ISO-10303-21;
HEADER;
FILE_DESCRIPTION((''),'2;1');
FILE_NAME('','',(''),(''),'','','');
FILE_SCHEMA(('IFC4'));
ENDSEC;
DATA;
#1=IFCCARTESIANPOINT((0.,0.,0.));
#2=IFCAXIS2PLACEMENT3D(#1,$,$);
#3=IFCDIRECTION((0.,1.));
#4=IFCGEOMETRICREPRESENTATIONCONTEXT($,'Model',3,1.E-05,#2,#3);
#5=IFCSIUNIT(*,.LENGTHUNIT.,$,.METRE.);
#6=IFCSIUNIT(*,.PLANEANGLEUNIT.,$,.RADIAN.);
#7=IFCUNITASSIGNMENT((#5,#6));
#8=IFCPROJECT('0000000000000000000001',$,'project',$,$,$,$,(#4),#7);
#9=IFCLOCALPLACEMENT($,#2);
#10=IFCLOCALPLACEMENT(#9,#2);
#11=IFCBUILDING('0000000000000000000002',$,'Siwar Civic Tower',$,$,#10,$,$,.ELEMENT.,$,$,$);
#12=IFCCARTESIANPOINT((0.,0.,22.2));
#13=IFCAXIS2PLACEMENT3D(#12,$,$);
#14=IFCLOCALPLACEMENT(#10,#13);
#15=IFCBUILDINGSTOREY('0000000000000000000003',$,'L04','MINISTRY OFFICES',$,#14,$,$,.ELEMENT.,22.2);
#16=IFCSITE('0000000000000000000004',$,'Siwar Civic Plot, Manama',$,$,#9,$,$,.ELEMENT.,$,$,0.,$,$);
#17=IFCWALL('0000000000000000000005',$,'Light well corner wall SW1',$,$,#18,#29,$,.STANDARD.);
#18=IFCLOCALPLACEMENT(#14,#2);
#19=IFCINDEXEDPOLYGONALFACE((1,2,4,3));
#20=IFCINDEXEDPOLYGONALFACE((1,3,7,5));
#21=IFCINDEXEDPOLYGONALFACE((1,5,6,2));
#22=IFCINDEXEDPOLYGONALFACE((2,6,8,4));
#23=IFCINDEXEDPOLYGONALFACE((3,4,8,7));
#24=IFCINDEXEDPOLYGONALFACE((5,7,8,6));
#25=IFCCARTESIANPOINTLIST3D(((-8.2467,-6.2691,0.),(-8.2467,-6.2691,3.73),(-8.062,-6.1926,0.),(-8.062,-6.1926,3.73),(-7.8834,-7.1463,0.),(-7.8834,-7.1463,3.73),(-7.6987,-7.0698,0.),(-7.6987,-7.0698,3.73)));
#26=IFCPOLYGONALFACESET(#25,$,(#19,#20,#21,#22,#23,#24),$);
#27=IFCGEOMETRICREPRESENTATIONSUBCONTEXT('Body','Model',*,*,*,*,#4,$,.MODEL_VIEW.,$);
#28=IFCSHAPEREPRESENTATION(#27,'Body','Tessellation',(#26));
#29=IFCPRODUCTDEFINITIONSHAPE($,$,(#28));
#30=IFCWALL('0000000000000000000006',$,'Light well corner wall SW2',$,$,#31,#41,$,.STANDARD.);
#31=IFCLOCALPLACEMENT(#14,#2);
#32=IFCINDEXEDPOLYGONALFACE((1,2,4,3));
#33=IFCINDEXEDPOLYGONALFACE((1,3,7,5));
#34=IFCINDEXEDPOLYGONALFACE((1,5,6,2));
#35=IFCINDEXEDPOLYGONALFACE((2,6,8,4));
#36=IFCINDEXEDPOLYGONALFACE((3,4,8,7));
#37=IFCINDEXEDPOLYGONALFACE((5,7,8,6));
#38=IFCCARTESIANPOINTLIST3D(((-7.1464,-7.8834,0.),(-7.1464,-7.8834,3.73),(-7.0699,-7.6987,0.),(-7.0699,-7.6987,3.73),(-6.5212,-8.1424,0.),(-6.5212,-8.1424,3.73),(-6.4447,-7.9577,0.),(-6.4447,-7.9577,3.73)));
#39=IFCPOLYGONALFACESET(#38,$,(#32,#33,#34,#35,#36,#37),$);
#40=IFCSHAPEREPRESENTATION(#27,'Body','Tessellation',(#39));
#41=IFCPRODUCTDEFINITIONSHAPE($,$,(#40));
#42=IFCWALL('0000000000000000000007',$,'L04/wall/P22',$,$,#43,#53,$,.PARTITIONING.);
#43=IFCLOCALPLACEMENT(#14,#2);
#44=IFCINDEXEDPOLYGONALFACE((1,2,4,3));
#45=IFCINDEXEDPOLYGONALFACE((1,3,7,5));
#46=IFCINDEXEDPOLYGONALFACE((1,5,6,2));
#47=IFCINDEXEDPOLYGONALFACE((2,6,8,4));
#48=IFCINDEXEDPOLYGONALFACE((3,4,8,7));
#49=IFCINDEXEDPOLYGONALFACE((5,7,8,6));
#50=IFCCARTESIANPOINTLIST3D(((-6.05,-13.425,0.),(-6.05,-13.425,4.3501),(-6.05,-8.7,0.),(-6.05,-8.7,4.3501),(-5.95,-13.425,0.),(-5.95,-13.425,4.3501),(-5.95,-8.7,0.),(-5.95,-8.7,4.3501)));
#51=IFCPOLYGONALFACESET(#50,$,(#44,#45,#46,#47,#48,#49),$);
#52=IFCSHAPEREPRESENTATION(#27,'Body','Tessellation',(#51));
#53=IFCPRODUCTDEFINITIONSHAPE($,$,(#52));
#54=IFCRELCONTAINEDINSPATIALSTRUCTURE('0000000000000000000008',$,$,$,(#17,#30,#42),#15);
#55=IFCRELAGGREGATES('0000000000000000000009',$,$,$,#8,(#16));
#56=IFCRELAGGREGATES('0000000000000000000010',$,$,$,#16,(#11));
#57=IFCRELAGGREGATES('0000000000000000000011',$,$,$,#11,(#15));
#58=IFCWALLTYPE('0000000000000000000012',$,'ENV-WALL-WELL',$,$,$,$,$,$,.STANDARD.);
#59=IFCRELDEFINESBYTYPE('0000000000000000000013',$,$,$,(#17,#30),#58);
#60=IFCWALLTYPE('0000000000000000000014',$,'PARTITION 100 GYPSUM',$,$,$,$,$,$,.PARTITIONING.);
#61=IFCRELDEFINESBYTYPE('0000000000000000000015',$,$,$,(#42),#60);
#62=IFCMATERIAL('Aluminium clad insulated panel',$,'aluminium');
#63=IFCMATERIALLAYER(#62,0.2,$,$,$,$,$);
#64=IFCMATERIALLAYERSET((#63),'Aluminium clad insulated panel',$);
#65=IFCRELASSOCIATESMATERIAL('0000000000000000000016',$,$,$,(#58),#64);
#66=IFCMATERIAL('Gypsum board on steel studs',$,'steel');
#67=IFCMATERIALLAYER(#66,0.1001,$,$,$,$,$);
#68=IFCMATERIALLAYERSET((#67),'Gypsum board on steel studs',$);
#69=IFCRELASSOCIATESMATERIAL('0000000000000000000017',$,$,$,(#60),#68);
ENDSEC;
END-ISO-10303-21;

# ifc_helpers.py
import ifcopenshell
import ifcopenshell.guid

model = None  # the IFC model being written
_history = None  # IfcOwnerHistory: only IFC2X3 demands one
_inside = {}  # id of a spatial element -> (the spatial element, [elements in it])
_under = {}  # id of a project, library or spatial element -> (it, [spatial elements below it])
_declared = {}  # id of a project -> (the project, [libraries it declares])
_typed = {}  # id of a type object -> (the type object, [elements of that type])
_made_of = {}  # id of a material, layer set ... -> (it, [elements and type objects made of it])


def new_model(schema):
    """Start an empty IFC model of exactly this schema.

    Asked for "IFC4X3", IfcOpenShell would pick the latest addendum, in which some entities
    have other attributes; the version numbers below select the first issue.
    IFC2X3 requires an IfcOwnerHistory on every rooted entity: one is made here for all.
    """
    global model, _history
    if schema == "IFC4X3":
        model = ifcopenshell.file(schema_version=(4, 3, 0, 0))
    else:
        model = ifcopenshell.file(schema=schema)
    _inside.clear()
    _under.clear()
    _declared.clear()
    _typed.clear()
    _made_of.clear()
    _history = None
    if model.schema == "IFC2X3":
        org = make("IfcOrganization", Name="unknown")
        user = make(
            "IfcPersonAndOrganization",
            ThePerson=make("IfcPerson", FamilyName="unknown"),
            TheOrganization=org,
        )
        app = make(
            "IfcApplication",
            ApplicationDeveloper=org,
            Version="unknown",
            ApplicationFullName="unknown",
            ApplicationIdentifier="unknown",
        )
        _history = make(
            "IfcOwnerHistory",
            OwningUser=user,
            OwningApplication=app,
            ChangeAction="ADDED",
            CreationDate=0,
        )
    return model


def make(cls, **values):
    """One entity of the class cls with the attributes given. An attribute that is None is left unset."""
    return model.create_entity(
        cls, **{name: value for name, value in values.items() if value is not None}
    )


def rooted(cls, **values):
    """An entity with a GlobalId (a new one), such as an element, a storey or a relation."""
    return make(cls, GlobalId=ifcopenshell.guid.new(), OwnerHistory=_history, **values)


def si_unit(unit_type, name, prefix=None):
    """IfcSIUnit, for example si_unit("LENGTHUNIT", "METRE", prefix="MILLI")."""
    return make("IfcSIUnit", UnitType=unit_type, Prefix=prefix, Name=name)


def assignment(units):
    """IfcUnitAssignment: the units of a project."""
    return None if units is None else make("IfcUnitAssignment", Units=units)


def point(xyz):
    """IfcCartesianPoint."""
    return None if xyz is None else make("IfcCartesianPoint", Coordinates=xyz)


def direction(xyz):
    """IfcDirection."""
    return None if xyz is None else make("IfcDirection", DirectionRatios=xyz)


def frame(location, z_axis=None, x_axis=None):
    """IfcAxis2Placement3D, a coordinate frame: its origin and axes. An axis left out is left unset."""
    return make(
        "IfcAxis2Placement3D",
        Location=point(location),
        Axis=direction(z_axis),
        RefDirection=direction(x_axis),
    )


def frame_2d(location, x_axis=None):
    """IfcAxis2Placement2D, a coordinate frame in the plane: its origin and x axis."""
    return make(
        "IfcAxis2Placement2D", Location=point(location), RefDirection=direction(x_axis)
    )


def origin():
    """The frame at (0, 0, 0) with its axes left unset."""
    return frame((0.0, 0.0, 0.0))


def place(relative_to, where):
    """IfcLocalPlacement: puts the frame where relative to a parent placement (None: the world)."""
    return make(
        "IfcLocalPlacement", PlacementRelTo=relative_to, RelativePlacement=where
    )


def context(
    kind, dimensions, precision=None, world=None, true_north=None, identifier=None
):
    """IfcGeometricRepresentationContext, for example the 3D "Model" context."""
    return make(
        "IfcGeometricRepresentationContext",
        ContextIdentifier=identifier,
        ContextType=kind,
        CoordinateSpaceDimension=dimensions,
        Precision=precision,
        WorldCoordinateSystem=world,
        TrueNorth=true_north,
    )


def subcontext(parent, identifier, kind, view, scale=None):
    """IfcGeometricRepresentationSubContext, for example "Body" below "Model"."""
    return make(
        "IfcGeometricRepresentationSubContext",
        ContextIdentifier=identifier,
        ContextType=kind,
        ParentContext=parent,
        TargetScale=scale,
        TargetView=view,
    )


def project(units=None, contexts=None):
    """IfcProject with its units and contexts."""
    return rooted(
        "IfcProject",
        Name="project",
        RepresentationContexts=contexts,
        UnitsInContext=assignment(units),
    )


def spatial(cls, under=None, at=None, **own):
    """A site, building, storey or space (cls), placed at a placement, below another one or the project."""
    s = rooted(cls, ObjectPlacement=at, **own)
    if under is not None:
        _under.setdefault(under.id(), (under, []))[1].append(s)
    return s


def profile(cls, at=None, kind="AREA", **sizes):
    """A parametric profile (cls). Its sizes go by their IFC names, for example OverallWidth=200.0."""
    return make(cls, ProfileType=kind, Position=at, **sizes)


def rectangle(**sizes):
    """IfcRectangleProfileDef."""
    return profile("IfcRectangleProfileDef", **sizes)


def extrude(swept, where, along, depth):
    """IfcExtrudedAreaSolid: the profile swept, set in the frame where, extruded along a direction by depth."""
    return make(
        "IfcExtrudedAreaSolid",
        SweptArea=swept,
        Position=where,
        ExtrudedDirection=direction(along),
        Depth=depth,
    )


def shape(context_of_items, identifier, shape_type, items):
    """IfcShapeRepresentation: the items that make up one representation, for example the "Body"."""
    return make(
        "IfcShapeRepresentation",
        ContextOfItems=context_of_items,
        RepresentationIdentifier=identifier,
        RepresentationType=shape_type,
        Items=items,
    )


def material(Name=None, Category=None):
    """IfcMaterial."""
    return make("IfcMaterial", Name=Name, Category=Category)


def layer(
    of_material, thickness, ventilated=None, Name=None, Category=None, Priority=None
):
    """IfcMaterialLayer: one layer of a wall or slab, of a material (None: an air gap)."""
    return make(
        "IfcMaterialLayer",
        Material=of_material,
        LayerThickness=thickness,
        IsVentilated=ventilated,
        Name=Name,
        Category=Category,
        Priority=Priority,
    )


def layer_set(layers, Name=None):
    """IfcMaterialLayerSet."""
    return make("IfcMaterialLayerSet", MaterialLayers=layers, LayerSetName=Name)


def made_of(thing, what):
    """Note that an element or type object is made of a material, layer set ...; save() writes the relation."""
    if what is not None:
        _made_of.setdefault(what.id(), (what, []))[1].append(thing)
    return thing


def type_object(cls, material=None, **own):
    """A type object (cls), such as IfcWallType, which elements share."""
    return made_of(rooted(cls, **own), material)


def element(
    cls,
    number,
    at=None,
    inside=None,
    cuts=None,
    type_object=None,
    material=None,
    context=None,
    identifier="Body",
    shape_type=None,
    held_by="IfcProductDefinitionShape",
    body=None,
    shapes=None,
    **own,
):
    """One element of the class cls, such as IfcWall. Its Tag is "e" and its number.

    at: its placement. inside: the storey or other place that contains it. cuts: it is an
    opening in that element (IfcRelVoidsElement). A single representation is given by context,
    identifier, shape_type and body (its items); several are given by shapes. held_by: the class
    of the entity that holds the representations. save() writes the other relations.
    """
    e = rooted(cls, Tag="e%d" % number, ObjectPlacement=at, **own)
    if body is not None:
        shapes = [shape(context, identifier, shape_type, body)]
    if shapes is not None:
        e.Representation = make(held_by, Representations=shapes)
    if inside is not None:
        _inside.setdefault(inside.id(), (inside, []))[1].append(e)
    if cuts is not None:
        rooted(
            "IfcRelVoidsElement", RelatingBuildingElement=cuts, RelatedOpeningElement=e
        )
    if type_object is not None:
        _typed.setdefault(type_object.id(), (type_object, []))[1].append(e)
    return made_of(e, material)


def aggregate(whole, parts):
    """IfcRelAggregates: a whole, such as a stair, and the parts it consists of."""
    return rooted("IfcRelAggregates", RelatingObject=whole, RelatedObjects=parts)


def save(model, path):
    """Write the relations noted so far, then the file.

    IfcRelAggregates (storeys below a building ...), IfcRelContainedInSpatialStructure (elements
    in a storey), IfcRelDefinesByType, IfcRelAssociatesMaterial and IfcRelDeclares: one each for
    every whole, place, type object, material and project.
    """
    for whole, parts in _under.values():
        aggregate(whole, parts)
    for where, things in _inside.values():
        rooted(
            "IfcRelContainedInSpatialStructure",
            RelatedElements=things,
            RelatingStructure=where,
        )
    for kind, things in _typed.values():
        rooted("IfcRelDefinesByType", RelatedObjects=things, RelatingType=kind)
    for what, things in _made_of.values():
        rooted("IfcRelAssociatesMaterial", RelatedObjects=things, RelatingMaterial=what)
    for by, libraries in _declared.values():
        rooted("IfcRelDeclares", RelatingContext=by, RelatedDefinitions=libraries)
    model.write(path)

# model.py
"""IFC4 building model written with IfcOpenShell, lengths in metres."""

from ifc_helpers import new_model, si_unit, direction, frame, frame_2d, origin, place, context, subcontext, project, spatial, rectangle, extrude, material, layer, layer_set, type_object, element, save


model = new_model("IFC4")

# Units and contexts
model_context = context("Model", 3, precision=1e-05, world=origin(), true_north=direction((0.0, 1.0)))
body_context = subcontext(model_context, "Body", "Model", "MODEL_VIEW")
ifc_project = project(units=[si_unit("LENGTHUNIT", "METRE"), si_unit("PLANEANGLEUNIT", "RADIAN")], contexts=[model_context])

# Site, building, storey
site_placement = place(None, origin())
site = spatial("IfcSite", under=ifc_project, at=site_placement, Name="Siwar Civic Plot, Manama", CompositionType="ELEMENT", RefElevation=0.0)
building_placement = place(site_placement, origin())
building = spatial("IfcBuilding", under=site, at=building_placement, Name="Siwar Civic Tower", CompositionType="ELEMENT")
storey_placement = place(building_placement, frame((0.0, 0.0, 22.2)))
storey = spatial("IfcBuildingStorey", under=building, at=storey_placement, Name="L04", Description="MINISTRY OFFICES", CompositionType="ELEMENT", Elevation=22.2)

# Walls
ifc_material_1 = material(Name="Aluminium clad insulated panel", Category="aluminium")
ifc_layer_1 = layer(ifc_material_1, 0.2)
ifc_layer_set_1 = layer_set([ifc_layer_1], Name="Aluminium clad insulated panel")
wall_type_1 = type_object("IfcWallType", Name="ENV-WALL-WELL", PredefinedType="STANDARD", material=ifc_layer_set_1)
wall_1_placement = place(storey_placement, frame((-8.1543, -6.231, 0.0), z_axis=(0.0, 0.0, 1.0), x_axis=(0.382624, -0.923904, 0.0)))
element("IfcWall", 1, at=wall_1_placement, inside=storey, type_object=wall_type_1, Name="Light well corner wall SW1", PredefinedType="STANDARD", context=body_context, shape_type="SweptSolid", body=[
    extrude(rectangle(XDim=0.9495, YDim=0.2, at=frame_2d((0.4746, 0.0))), origin(), (0.0, 0.0, 1.0), 3.73),
])
wall_2_placement = place(storey_placement, frame((-7.1082, -7.791, 0.0), z_axis=(0.0, 0.0, 1.0), x_axis=(0.923854, -0.382745, 0.0)))
element("IfcWall", 2, at=wall_2_placement, inside=storey, type_object=wall_type_1, Name="Light well corner wall SW2", PredefinedType="STANDARD", context=body_context, shape_type="SweptSolid", body=[
    extrude(rectangle(XDim=0.6768, YDim=0.2, at=frame_2d((0.3384, 0.0))), origin(), (0.0, 0.0, 1.0), 3.73),
])
ifc_material_2 = material(Name="Gypsum board on steel studs", Category="steel")
ifc_layer_2 = layer(ifc_material_2, 0.1001)
ifc_layer_set_2 = layer_set([ifc_layer_2], Name="Gypsum board on steel studs")
wall_type_2 = type_object("IfcWallType", Name="PARTITION 100 GYPSUM", PredefinedType="PARTITIONING", material=ifc_layer_set_2)
wall_3_placement = place(storey_placement, frame((-6.0, -13.425, 0.0), z_axis=(0.0, 0.0, 1.0), x_axis=(0.0, 1.0, 0.0)))
element("IfcWall", 3, at=wall_3_placement, inside=storey, type_object=wall_type_2, Name="L04/wall/P22", PredefinedType="PARTITIONING", context=body_context, shape_type="SweptSolid", body=[
    extrude(rectangle(XDim=4.7251, YDim=0.1001, at=frame_2d((2.3625, 0.0))), origin(), (0.0, 0.0, 1.0), 4.3501),
])

save(model, "model.ifc")
